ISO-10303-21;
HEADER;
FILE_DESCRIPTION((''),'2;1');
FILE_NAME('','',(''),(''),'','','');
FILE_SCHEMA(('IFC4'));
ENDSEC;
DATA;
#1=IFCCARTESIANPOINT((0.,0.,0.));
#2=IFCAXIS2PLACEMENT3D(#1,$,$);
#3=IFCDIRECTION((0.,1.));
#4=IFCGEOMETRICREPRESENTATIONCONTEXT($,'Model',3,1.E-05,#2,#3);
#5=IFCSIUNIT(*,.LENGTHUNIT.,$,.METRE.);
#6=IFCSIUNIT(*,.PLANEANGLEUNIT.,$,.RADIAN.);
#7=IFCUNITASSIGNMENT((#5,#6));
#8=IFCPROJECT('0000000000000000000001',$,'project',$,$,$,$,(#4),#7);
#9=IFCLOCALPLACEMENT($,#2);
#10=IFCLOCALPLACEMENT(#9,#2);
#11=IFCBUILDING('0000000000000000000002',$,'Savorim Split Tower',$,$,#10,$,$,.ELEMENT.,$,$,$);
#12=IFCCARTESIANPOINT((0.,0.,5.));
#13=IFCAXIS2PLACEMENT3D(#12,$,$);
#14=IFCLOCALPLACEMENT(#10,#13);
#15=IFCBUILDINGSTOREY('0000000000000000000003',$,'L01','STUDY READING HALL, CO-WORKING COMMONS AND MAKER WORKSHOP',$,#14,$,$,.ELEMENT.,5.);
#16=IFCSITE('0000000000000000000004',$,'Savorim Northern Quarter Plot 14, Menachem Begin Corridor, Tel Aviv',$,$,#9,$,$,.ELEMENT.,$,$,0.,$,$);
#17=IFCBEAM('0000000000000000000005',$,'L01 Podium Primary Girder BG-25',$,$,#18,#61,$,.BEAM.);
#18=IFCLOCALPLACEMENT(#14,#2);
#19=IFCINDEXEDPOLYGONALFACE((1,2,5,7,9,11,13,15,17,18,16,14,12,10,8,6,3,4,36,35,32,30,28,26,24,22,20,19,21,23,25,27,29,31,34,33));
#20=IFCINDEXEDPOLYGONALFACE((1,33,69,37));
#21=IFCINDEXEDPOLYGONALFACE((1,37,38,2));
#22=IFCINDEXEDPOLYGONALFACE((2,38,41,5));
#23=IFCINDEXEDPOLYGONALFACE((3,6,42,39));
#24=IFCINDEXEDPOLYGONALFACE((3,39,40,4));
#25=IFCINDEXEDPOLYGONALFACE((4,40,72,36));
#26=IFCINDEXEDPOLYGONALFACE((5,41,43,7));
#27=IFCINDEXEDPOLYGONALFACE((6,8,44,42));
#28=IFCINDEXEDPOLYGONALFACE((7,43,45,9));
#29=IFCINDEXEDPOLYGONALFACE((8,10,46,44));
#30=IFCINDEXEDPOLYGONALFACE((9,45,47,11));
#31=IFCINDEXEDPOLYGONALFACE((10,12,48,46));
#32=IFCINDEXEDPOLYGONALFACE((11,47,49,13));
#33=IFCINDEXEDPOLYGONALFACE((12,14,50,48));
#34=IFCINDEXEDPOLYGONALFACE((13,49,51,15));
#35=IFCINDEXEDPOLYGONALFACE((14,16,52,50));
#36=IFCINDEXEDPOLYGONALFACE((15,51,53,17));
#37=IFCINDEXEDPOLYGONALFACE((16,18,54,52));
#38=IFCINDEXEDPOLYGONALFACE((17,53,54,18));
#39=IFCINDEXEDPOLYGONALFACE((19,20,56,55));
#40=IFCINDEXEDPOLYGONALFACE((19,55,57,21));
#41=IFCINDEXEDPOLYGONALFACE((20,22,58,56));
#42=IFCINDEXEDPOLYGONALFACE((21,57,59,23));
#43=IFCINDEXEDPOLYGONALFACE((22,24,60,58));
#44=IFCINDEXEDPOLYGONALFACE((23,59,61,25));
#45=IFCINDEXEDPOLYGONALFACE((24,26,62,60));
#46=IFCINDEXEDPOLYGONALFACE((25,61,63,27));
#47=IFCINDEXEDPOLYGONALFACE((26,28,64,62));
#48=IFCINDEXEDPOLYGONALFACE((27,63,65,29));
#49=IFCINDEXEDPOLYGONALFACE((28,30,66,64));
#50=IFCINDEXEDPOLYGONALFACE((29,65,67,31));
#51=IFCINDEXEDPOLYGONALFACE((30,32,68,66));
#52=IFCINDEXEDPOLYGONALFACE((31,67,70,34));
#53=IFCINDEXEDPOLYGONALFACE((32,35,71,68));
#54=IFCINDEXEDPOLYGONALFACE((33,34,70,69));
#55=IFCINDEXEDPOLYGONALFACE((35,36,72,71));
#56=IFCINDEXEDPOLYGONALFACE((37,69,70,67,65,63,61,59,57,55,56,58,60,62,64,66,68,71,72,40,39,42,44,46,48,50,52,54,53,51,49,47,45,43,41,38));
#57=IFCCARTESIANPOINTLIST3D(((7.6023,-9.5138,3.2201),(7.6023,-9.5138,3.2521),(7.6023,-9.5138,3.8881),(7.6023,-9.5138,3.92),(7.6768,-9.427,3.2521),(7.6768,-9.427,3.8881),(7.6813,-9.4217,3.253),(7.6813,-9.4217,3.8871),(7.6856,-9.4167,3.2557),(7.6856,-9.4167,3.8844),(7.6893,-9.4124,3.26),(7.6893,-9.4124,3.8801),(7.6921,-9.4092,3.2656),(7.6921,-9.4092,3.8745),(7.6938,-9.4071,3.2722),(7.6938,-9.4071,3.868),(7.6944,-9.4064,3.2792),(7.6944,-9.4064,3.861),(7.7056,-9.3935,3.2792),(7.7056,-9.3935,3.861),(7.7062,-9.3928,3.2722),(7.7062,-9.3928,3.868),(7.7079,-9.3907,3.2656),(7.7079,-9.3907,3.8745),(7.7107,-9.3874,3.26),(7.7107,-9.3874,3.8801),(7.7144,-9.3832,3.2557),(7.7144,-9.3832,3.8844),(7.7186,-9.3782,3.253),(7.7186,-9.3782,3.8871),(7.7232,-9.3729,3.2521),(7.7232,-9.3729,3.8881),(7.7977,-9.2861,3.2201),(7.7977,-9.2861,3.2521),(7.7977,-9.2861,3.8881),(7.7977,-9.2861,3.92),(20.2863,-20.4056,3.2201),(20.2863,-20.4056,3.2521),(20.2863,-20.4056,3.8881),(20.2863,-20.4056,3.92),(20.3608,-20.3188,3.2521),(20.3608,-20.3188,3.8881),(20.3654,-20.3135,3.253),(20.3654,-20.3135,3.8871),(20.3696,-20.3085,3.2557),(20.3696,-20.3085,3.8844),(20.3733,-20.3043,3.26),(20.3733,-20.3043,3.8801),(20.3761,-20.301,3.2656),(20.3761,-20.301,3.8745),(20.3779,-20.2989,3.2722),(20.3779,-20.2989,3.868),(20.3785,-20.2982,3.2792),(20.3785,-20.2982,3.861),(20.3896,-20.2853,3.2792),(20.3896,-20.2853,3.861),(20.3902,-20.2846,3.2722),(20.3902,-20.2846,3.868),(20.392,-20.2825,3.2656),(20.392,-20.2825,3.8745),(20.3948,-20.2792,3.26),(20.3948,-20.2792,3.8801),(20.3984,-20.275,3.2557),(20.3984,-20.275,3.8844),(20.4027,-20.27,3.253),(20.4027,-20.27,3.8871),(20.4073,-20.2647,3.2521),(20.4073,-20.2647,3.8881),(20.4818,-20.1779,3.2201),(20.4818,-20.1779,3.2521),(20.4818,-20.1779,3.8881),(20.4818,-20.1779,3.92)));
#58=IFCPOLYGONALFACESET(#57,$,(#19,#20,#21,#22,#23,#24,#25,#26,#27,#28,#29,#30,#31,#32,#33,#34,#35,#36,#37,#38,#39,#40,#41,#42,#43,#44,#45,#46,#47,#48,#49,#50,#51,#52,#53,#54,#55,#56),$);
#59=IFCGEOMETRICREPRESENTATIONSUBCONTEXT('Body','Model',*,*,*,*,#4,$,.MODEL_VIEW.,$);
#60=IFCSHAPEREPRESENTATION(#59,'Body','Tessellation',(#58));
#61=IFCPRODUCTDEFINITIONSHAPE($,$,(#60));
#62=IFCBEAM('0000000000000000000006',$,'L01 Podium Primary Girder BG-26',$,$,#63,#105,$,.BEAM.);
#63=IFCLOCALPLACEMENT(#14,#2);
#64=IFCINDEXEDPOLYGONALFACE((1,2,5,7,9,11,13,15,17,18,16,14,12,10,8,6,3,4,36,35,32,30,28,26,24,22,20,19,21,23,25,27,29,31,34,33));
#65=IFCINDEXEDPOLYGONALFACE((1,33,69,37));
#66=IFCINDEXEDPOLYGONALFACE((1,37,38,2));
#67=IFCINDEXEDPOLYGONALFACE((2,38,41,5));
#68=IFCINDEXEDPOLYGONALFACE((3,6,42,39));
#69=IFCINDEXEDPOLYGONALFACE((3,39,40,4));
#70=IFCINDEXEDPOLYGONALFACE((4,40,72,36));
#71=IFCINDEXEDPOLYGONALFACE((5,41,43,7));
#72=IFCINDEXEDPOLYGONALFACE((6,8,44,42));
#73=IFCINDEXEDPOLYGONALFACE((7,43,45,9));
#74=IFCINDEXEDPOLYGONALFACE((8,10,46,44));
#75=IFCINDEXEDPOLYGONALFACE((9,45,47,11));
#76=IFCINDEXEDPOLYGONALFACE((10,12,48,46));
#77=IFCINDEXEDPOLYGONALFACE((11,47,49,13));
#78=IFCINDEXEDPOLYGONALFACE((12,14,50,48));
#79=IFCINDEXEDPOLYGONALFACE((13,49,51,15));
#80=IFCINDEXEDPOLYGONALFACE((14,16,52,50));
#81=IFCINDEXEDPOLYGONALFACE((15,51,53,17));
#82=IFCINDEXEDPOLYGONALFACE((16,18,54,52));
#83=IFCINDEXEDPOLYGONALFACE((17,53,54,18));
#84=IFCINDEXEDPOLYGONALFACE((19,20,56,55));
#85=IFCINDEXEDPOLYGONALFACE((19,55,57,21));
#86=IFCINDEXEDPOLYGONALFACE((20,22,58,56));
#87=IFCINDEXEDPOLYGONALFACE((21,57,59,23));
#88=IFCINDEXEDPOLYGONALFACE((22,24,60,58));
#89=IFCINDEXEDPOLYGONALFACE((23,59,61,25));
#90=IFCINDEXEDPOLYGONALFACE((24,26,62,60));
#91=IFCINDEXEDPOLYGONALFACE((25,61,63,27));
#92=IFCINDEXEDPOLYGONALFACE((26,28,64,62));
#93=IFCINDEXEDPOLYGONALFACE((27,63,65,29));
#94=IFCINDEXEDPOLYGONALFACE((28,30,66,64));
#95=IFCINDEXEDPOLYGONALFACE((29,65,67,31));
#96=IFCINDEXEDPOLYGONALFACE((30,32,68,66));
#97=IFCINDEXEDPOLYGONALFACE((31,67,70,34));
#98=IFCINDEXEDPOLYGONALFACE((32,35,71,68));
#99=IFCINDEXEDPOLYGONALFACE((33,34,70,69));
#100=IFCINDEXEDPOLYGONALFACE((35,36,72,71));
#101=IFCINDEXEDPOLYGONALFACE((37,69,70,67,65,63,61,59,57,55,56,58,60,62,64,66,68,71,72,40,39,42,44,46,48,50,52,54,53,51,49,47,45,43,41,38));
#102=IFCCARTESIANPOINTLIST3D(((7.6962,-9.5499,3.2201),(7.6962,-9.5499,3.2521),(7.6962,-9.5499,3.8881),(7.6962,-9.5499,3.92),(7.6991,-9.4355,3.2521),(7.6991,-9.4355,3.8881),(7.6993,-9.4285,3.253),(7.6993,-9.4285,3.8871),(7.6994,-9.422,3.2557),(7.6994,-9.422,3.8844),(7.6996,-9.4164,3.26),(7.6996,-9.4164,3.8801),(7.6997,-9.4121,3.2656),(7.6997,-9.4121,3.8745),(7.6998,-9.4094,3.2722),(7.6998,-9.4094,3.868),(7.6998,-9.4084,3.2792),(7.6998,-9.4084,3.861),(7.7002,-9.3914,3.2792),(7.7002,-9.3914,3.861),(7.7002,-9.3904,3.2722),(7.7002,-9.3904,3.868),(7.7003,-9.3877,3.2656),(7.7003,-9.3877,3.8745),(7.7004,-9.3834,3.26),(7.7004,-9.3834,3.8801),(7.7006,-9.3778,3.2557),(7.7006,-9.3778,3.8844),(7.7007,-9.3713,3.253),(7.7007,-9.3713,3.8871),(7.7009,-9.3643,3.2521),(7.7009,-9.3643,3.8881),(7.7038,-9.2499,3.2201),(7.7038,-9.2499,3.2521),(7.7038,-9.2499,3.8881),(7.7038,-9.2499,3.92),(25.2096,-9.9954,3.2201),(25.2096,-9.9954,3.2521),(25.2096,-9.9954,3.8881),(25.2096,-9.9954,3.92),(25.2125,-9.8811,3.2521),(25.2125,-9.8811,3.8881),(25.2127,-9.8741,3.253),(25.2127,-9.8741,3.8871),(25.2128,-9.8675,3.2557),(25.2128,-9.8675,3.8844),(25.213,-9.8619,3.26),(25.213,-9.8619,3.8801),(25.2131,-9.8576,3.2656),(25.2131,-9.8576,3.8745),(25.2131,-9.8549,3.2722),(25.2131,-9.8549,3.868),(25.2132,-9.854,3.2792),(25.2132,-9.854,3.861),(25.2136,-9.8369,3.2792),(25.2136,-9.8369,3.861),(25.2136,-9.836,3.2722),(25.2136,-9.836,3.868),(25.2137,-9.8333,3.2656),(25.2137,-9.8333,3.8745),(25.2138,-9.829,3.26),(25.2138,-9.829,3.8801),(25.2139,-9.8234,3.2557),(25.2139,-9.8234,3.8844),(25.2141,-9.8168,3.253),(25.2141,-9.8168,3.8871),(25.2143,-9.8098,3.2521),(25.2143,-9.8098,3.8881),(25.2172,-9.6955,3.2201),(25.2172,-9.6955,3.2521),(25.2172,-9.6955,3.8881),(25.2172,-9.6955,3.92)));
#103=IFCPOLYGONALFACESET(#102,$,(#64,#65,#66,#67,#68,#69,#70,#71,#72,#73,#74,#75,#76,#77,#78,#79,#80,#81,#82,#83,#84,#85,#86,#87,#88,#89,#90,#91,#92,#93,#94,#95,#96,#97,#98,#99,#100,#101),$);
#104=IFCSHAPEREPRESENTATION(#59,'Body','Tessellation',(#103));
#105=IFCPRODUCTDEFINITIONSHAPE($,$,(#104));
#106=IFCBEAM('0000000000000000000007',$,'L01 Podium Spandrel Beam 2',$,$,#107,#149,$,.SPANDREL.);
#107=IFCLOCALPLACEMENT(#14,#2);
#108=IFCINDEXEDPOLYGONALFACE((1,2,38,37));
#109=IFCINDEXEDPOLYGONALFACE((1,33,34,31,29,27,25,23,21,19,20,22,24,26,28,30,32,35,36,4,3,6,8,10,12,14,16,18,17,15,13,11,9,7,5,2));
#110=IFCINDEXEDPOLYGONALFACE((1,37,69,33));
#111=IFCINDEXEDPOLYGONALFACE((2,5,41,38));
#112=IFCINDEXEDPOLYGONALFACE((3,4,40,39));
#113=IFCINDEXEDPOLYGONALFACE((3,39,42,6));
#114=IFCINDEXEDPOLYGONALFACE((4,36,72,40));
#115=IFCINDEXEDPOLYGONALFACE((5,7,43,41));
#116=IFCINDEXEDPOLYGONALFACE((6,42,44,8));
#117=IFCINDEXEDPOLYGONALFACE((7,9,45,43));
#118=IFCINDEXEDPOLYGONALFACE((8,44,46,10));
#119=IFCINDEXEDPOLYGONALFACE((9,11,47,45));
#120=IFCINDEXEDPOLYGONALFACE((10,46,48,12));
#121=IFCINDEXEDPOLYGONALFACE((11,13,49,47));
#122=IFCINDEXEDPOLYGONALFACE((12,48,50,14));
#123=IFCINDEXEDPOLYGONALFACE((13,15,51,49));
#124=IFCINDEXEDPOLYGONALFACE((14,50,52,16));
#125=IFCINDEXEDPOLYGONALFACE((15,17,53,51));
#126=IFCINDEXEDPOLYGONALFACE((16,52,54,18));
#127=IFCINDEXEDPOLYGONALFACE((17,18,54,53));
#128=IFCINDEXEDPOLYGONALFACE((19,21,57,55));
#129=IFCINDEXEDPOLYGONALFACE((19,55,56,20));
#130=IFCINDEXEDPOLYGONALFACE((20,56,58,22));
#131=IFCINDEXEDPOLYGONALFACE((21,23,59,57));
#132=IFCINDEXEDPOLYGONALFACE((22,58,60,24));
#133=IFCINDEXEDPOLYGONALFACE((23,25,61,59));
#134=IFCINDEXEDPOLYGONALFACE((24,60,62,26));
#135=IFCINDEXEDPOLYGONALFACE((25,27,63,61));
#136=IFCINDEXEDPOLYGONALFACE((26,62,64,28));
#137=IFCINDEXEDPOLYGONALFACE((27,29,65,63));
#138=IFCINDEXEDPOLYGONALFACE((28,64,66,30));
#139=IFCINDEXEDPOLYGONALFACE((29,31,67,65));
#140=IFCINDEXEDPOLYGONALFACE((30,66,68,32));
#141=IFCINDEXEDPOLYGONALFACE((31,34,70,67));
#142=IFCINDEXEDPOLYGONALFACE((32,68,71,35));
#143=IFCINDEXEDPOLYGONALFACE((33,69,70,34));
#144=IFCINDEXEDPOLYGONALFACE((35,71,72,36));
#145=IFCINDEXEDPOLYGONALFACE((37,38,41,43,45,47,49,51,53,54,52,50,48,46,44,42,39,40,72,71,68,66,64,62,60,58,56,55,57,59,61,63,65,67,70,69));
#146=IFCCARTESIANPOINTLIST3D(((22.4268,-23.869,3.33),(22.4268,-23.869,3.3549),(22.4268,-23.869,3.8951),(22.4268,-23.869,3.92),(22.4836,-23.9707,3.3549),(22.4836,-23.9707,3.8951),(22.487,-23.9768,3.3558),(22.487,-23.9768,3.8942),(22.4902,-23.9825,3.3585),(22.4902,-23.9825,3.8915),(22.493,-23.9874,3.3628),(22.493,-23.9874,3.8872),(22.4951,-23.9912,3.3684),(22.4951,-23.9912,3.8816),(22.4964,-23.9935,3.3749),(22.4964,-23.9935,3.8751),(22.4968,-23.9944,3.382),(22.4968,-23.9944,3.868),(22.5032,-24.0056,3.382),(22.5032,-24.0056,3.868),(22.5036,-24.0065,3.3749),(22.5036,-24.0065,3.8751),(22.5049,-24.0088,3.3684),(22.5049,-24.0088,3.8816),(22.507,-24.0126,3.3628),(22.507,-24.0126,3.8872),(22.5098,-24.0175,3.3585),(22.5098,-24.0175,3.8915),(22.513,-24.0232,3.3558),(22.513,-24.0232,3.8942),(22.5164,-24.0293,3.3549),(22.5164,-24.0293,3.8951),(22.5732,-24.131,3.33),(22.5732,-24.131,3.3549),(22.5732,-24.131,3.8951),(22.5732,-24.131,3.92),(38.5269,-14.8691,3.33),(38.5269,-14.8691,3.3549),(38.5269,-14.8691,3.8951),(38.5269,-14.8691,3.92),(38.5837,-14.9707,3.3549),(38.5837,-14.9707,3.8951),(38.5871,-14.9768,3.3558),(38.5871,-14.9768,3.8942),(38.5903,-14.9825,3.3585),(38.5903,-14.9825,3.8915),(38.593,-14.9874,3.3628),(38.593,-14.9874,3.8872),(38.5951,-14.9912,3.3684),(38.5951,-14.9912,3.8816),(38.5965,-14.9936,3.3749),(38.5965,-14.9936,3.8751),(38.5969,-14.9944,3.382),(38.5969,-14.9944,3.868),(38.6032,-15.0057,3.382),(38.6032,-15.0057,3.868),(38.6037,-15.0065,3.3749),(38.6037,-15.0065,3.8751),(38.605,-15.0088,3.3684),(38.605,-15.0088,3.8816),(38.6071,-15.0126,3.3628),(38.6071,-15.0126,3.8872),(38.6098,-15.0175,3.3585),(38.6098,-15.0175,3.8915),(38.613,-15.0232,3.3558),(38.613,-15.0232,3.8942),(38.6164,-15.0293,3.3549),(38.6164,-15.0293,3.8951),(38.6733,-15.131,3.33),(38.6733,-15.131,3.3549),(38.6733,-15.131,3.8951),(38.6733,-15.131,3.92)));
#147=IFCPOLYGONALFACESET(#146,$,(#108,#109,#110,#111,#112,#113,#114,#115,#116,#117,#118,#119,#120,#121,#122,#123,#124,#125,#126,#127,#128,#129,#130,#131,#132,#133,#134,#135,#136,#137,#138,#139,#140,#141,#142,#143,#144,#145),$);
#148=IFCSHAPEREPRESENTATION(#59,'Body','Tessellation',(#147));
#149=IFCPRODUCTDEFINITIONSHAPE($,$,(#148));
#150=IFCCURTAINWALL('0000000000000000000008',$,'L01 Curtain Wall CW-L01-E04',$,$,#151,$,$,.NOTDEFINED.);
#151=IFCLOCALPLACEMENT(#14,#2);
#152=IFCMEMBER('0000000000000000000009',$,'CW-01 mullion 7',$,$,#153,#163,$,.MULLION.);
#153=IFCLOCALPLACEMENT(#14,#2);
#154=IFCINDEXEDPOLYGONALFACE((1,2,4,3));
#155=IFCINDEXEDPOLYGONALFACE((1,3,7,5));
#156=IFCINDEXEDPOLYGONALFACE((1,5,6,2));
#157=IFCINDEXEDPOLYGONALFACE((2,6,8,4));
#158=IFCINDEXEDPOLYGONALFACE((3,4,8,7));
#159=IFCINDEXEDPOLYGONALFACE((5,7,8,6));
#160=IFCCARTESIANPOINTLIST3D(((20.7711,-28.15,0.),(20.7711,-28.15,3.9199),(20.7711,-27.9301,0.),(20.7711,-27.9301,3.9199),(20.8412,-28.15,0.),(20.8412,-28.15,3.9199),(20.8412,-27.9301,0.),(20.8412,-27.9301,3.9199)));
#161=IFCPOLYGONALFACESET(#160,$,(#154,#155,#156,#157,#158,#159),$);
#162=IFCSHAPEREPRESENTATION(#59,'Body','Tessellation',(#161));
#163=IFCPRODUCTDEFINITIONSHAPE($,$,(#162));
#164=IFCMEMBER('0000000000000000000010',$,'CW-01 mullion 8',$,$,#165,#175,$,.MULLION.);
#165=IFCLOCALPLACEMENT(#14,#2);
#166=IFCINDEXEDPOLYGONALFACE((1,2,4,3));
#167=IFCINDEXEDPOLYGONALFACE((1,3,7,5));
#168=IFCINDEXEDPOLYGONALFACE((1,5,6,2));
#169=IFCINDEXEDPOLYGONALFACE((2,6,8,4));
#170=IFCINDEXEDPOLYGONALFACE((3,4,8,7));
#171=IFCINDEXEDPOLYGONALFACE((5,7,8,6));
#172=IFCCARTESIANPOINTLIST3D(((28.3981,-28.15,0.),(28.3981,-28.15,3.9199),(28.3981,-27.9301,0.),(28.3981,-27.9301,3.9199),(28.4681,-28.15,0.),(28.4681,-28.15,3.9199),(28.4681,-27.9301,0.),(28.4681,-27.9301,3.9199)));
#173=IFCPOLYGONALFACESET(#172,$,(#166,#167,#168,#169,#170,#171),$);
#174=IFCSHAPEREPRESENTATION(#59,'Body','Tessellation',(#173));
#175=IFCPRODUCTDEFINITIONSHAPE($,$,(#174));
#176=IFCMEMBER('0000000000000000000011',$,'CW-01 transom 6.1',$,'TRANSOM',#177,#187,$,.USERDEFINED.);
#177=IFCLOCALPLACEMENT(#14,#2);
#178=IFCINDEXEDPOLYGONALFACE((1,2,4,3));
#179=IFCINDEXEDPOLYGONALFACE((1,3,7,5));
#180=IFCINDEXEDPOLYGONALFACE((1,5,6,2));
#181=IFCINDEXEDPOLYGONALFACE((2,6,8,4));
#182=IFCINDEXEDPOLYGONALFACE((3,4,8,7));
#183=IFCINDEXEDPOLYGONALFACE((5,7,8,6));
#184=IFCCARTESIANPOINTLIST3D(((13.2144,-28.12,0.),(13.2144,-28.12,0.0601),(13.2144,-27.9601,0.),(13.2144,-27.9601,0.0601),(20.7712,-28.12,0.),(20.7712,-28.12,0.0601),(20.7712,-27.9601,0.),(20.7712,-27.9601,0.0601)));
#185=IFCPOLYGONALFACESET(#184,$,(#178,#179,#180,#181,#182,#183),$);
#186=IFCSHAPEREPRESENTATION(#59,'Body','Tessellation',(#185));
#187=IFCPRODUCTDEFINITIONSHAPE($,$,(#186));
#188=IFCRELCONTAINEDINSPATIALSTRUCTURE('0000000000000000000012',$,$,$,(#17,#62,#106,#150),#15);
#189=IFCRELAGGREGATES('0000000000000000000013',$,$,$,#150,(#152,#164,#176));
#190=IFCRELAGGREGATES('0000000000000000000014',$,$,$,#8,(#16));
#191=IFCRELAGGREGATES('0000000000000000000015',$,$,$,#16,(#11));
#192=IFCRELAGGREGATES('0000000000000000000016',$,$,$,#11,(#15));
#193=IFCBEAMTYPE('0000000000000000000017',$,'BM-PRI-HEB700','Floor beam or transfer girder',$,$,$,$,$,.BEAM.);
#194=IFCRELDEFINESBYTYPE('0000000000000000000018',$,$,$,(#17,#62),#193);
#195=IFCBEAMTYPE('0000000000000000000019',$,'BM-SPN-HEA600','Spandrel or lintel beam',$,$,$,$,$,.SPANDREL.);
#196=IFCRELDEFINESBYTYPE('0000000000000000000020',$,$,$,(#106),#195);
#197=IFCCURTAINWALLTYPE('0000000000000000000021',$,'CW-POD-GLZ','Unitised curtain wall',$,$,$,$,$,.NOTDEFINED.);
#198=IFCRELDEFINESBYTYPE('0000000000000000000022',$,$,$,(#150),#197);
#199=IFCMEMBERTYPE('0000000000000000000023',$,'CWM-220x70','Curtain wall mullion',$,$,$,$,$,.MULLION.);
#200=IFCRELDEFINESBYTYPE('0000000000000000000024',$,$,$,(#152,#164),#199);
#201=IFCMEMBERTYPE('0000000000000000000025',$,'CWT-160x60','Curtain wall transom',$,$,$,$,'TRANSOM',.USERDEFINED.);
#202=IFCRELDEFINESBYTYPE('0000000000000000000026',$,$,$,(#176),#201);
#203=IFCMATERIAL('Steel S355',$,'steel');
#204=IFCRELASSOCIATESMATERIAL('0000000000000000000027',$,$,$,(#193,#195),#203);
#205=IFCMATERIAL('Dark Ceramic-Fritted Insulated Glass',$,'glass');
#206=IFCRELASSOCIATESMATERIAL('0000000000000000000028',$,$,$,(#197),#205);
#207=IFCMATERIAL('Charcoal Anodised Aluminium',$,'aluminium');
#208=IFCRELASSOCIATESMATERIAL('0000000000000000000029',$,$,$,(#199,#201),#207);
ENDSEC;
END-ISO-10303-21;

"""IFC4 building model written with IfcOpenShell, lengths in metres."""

from ifc_helpers import new_model, si_unit, direction, frame, origin, origin_2d, place, context, subcontext, project, spatial, rectangle, i_section, extrude, material, material_profile, profile_set, type_object, element, aggregate, save


model = new_model("IFC4")

# Units and contexts
model_context = context("Model", 3, precision=1e-05, world=origin(), true_north=direction((0.0, 1.0)))
body_context = subcontext(model_context, "Body", "Model", "MODEL_VIEW")
ifc_project = project(units=[si_unit("LENGTHUNIT", "METRE"), si_unit("PLANEANGLEUNIT", "RADIAN")], contexts=[model_context])

# Site, building, storey
site_placement = place(None, origin())
site = spatial("IfcSite", under=ifc_project, at=site_placement, Name="Savorim Northern Quarter Plot 14, Menachem Begin Corridor, Tel Aviv", CompositionType="ELEMENT", RefElevation=0.0)
building_placement = place(site_placement, origin())
building = spatial("IfcBuilding", under=site, at=building_placement, Name="Savorim Split Tower", CompositionType="ELEMENT")
storey_placement = place(building_placement, frame((0.0, 0.0, 5.0)))
storey = spatial("IfcBuildingStorey", under=building, at=storey_placement, Name="L01", Description="STUDY READING HALL, CO-WORKING COMMONS AND MAKER WORKSHOP", CompositionType="ELEMENT", Elevation=5.0)

# Beams
ifc_material_1 = material(Name="Steel S355", Category="steel")
ifc_material_profile_1 = material_profile(ifc_material_1, i_section(OverallWidth=0.3, OverallDepth=0.7, WebThickness=0.0171, FlangeThickness=0.032, FilletRadius=0.0271, at=origin_2d()), Name="HEB 700")
ifc_profile_set_1 = profile_set([ifc_material_profile_1], Name="Steel S355")
beam_type_1 = type_object("IfcBeamType", Name="BM-PRI-HEB700", Description="Floor beam or transfer girder", PredefinedType="BEAM", material=ifc_profile_set_1)
beam_1_placement = place(storey_placement, frame((20.384, -20.2917, 3.5701), z_axis=(-0.758672, 0.651473, 0.0), x_axis=(-0.651473, -0.758672, 0.0)))
element("IfcBeam", 1, at=beam_1_placement, inside=storey, type_object=beam_type_1, Name="L01 Podium Primary Girder BG-25", PredefinedType="BEAM", context=body_context, shape_type="SweptSolid", body=[
    extrude(i_section(OverallWidth=0.3, OverallDepth=0.7, WebThickness=0.0171, FlangeThickness=0.032, FilletRadius=0.0271, at=origin_2d()), origin(), (0.0, 0.0, 1.0), 16.7188),
])
beam_2_placement = place(storey_placement, frame((25.2134, -9.8455, 3.5701), z_axis=(-0.999677, 0.025433, 0.0), x_axis=(-0.025433, -0.999677, 0.0)))
element("IfcBeam", 2, at=beam_2_placement, inside=storey, type_object=beam_type_1, Name="L01 Podium Primary Girder BG-26", PredefinedType="BEAM", context=body_context, shape_type="SweptSolid", body=[
    extrude(i_section(OverallWidth=0.3, OverallDepth=0.7, WebThickness=0.0171, FlangeThickness=0.032, FilletRadius=0.0271, at=origin_2d()), origin(), (0.0, 0.0, 1.0), 17.519),
])
ifc_material_profile_2 = material_profile(ifc_material_1, i_section(OverallWidth=0.3, OverallDepth=0.5901, WebThickness=0.0129, FlangeThickness=0.0249, FilletRadius=0.0271, at=origin_2d()), Name="HEA 600")
ifc_profile_set_2 = profile_set([ifc_material_profile_2], Name="Steel S355")
beam_type_2 = type_object("IfcBeamType", Name="BM-SPN-HEA600", Description="Spandrel or lintel beam", PredefinedType="SPANDREL", material=ifc_profile_set_2)
beam_3_placement = place(storey_placement, frame((22.5, -24.0, 3.625), z_axis=(0.872877, 0.487941, 0.0), x_axis=(-0.487941, 0.872877, 0.0)))
element("IfcBeam", 3, at=beam_3_placement, inside=storey, type_object=beam_type_2, Name="L01 Podium Spandrel Beam 2", PredefinedType="SPANDREL", context=body_context, shape_type="SweptSolid", body=[
    extrude(i_section(OverallWidth=0.3, OverallDepth=0.5901, WebThickness=0.0129, FlangeThickness=0.0249, FilletRadius=0.0271, at=origin_2d()), origin(), (0.0, 0.0, 1.0), 18.4448),
])

# Curtain wall, members
ifc_material_2 = material(Name="Dark Ceramic-Fritted Insulated Glass", Category="glass")
curtain_wall_type = type_object("IfcCurtainWallType", Name="CW-POD-GLZ", Description="Unitised curtain wall", PredefinedType="NOTDEFINED", material=ifc_material_2)
curtain_wall_placement = place(storey_placement, origin())
curtain_wall = element("IfcCurtainWall", 4, at=curtain_wall_placement, inside=storey, type_object=curtain_wall_type, Name="L01 Curtain Wall CW-L01-E04", PredefinedType="NOTDEFINED")
ifc_material_3 = material(Name="Charcoal Anodised Aluminium", Category="aluminium")
ifc_material_profile_3 = material_profile(ifc_material_3, rectangle(XDim=0.22, YDim=0.0701, at=origin_2d()), Name="ALU-M 220x70")
ifc_profile_set_3 = profile_set([ifc_material_profile_3], Name="Charcoal Anodised Aluminium")
member_type_1 = type_object("IfcMemberType", Name="CWM-220x70", Description="Curtain wall mullion", PredefinedType="MULLION", material=ifc_profile_set_3)
member_1_placement = place(storey_placement, frame((20.8062, -28.04, 0.0), z_axis=(0.0, 0.0, 1.0), x_axis=(0.0, 1.0, 0.0)))
member_1 = element("IfcMember", 5, at=member_1_placement, type_object=member_type_1, Name="CW-01 mullion 7", PredefinedType="MULLION", context=body_context, shape_type="SweptSolid", body=[
    extrude(rectangle(XDim=0.22, YDim=0.0701, at=origin_2d()), origin(), (0.0, 0.0, 1.0), 3.9199),
])
member_2_placement = place(storey_placement, frame((28.4331, -28.04, 0.0), z_axis=(0.0, 0.0, 1.0), x_axis=(0.0, 1.0, 0.0)))
member_2 = element("IfcMember", 6, at=member_2_placement, type_object=member_type_1, Name="CW-01 mullion 8", PredefinedType="MULLION", context=body_context, shape_type="SweptSolid", body=[
    extrude(rectangle(XDim=0.22, YDim=0.0701, at=origin_2d()), origin(), (0.0, 0.0, 1.0), 3.9199),
])
ifc_material_profile_4 = material_profile(ifc_material_3, rectangle(XDim=0.1599, YDim=0.0601, at=origin_2d()), Name="ALU-T 160x60")
ifc_profile_set_4 = profile_set([ifc_material_profile_4], Name="Charcoal Anodised Aluminium")
member_type_2 = type_object("IfcMemberType", Name="CWT-160x60", Description="Curtain wall transom", ElementType="TRANSOM", PredefinedType="USERDEFINED", material=ifc_profile_set_4)
member_3_placement = place(storey_placement, frame((13.2144, -28.04, 0.03), z_axis=(1.0, 0.0, 0.0), x_axis=(0.0, 1.0, 0.0)))
member_3 = element("IfcMember", 7, at=member_3_placement, type_object=member_type_2, Name="CW-01 transom 6.1", ObjectType="TRANSOM", PredefinedType="USERDEFINED", context=body_context, shape_type="SweptSolid", body=[
    extrude(rectangle(XDim=0.1599, YDim=0.0601, at=origin_2d()), origin(), (0.0, 0.0, 1.0), 7.5569),
])
aggregate(curtain_wall, [member_1, member_2, member_3])

save(model, "model.ifc")
